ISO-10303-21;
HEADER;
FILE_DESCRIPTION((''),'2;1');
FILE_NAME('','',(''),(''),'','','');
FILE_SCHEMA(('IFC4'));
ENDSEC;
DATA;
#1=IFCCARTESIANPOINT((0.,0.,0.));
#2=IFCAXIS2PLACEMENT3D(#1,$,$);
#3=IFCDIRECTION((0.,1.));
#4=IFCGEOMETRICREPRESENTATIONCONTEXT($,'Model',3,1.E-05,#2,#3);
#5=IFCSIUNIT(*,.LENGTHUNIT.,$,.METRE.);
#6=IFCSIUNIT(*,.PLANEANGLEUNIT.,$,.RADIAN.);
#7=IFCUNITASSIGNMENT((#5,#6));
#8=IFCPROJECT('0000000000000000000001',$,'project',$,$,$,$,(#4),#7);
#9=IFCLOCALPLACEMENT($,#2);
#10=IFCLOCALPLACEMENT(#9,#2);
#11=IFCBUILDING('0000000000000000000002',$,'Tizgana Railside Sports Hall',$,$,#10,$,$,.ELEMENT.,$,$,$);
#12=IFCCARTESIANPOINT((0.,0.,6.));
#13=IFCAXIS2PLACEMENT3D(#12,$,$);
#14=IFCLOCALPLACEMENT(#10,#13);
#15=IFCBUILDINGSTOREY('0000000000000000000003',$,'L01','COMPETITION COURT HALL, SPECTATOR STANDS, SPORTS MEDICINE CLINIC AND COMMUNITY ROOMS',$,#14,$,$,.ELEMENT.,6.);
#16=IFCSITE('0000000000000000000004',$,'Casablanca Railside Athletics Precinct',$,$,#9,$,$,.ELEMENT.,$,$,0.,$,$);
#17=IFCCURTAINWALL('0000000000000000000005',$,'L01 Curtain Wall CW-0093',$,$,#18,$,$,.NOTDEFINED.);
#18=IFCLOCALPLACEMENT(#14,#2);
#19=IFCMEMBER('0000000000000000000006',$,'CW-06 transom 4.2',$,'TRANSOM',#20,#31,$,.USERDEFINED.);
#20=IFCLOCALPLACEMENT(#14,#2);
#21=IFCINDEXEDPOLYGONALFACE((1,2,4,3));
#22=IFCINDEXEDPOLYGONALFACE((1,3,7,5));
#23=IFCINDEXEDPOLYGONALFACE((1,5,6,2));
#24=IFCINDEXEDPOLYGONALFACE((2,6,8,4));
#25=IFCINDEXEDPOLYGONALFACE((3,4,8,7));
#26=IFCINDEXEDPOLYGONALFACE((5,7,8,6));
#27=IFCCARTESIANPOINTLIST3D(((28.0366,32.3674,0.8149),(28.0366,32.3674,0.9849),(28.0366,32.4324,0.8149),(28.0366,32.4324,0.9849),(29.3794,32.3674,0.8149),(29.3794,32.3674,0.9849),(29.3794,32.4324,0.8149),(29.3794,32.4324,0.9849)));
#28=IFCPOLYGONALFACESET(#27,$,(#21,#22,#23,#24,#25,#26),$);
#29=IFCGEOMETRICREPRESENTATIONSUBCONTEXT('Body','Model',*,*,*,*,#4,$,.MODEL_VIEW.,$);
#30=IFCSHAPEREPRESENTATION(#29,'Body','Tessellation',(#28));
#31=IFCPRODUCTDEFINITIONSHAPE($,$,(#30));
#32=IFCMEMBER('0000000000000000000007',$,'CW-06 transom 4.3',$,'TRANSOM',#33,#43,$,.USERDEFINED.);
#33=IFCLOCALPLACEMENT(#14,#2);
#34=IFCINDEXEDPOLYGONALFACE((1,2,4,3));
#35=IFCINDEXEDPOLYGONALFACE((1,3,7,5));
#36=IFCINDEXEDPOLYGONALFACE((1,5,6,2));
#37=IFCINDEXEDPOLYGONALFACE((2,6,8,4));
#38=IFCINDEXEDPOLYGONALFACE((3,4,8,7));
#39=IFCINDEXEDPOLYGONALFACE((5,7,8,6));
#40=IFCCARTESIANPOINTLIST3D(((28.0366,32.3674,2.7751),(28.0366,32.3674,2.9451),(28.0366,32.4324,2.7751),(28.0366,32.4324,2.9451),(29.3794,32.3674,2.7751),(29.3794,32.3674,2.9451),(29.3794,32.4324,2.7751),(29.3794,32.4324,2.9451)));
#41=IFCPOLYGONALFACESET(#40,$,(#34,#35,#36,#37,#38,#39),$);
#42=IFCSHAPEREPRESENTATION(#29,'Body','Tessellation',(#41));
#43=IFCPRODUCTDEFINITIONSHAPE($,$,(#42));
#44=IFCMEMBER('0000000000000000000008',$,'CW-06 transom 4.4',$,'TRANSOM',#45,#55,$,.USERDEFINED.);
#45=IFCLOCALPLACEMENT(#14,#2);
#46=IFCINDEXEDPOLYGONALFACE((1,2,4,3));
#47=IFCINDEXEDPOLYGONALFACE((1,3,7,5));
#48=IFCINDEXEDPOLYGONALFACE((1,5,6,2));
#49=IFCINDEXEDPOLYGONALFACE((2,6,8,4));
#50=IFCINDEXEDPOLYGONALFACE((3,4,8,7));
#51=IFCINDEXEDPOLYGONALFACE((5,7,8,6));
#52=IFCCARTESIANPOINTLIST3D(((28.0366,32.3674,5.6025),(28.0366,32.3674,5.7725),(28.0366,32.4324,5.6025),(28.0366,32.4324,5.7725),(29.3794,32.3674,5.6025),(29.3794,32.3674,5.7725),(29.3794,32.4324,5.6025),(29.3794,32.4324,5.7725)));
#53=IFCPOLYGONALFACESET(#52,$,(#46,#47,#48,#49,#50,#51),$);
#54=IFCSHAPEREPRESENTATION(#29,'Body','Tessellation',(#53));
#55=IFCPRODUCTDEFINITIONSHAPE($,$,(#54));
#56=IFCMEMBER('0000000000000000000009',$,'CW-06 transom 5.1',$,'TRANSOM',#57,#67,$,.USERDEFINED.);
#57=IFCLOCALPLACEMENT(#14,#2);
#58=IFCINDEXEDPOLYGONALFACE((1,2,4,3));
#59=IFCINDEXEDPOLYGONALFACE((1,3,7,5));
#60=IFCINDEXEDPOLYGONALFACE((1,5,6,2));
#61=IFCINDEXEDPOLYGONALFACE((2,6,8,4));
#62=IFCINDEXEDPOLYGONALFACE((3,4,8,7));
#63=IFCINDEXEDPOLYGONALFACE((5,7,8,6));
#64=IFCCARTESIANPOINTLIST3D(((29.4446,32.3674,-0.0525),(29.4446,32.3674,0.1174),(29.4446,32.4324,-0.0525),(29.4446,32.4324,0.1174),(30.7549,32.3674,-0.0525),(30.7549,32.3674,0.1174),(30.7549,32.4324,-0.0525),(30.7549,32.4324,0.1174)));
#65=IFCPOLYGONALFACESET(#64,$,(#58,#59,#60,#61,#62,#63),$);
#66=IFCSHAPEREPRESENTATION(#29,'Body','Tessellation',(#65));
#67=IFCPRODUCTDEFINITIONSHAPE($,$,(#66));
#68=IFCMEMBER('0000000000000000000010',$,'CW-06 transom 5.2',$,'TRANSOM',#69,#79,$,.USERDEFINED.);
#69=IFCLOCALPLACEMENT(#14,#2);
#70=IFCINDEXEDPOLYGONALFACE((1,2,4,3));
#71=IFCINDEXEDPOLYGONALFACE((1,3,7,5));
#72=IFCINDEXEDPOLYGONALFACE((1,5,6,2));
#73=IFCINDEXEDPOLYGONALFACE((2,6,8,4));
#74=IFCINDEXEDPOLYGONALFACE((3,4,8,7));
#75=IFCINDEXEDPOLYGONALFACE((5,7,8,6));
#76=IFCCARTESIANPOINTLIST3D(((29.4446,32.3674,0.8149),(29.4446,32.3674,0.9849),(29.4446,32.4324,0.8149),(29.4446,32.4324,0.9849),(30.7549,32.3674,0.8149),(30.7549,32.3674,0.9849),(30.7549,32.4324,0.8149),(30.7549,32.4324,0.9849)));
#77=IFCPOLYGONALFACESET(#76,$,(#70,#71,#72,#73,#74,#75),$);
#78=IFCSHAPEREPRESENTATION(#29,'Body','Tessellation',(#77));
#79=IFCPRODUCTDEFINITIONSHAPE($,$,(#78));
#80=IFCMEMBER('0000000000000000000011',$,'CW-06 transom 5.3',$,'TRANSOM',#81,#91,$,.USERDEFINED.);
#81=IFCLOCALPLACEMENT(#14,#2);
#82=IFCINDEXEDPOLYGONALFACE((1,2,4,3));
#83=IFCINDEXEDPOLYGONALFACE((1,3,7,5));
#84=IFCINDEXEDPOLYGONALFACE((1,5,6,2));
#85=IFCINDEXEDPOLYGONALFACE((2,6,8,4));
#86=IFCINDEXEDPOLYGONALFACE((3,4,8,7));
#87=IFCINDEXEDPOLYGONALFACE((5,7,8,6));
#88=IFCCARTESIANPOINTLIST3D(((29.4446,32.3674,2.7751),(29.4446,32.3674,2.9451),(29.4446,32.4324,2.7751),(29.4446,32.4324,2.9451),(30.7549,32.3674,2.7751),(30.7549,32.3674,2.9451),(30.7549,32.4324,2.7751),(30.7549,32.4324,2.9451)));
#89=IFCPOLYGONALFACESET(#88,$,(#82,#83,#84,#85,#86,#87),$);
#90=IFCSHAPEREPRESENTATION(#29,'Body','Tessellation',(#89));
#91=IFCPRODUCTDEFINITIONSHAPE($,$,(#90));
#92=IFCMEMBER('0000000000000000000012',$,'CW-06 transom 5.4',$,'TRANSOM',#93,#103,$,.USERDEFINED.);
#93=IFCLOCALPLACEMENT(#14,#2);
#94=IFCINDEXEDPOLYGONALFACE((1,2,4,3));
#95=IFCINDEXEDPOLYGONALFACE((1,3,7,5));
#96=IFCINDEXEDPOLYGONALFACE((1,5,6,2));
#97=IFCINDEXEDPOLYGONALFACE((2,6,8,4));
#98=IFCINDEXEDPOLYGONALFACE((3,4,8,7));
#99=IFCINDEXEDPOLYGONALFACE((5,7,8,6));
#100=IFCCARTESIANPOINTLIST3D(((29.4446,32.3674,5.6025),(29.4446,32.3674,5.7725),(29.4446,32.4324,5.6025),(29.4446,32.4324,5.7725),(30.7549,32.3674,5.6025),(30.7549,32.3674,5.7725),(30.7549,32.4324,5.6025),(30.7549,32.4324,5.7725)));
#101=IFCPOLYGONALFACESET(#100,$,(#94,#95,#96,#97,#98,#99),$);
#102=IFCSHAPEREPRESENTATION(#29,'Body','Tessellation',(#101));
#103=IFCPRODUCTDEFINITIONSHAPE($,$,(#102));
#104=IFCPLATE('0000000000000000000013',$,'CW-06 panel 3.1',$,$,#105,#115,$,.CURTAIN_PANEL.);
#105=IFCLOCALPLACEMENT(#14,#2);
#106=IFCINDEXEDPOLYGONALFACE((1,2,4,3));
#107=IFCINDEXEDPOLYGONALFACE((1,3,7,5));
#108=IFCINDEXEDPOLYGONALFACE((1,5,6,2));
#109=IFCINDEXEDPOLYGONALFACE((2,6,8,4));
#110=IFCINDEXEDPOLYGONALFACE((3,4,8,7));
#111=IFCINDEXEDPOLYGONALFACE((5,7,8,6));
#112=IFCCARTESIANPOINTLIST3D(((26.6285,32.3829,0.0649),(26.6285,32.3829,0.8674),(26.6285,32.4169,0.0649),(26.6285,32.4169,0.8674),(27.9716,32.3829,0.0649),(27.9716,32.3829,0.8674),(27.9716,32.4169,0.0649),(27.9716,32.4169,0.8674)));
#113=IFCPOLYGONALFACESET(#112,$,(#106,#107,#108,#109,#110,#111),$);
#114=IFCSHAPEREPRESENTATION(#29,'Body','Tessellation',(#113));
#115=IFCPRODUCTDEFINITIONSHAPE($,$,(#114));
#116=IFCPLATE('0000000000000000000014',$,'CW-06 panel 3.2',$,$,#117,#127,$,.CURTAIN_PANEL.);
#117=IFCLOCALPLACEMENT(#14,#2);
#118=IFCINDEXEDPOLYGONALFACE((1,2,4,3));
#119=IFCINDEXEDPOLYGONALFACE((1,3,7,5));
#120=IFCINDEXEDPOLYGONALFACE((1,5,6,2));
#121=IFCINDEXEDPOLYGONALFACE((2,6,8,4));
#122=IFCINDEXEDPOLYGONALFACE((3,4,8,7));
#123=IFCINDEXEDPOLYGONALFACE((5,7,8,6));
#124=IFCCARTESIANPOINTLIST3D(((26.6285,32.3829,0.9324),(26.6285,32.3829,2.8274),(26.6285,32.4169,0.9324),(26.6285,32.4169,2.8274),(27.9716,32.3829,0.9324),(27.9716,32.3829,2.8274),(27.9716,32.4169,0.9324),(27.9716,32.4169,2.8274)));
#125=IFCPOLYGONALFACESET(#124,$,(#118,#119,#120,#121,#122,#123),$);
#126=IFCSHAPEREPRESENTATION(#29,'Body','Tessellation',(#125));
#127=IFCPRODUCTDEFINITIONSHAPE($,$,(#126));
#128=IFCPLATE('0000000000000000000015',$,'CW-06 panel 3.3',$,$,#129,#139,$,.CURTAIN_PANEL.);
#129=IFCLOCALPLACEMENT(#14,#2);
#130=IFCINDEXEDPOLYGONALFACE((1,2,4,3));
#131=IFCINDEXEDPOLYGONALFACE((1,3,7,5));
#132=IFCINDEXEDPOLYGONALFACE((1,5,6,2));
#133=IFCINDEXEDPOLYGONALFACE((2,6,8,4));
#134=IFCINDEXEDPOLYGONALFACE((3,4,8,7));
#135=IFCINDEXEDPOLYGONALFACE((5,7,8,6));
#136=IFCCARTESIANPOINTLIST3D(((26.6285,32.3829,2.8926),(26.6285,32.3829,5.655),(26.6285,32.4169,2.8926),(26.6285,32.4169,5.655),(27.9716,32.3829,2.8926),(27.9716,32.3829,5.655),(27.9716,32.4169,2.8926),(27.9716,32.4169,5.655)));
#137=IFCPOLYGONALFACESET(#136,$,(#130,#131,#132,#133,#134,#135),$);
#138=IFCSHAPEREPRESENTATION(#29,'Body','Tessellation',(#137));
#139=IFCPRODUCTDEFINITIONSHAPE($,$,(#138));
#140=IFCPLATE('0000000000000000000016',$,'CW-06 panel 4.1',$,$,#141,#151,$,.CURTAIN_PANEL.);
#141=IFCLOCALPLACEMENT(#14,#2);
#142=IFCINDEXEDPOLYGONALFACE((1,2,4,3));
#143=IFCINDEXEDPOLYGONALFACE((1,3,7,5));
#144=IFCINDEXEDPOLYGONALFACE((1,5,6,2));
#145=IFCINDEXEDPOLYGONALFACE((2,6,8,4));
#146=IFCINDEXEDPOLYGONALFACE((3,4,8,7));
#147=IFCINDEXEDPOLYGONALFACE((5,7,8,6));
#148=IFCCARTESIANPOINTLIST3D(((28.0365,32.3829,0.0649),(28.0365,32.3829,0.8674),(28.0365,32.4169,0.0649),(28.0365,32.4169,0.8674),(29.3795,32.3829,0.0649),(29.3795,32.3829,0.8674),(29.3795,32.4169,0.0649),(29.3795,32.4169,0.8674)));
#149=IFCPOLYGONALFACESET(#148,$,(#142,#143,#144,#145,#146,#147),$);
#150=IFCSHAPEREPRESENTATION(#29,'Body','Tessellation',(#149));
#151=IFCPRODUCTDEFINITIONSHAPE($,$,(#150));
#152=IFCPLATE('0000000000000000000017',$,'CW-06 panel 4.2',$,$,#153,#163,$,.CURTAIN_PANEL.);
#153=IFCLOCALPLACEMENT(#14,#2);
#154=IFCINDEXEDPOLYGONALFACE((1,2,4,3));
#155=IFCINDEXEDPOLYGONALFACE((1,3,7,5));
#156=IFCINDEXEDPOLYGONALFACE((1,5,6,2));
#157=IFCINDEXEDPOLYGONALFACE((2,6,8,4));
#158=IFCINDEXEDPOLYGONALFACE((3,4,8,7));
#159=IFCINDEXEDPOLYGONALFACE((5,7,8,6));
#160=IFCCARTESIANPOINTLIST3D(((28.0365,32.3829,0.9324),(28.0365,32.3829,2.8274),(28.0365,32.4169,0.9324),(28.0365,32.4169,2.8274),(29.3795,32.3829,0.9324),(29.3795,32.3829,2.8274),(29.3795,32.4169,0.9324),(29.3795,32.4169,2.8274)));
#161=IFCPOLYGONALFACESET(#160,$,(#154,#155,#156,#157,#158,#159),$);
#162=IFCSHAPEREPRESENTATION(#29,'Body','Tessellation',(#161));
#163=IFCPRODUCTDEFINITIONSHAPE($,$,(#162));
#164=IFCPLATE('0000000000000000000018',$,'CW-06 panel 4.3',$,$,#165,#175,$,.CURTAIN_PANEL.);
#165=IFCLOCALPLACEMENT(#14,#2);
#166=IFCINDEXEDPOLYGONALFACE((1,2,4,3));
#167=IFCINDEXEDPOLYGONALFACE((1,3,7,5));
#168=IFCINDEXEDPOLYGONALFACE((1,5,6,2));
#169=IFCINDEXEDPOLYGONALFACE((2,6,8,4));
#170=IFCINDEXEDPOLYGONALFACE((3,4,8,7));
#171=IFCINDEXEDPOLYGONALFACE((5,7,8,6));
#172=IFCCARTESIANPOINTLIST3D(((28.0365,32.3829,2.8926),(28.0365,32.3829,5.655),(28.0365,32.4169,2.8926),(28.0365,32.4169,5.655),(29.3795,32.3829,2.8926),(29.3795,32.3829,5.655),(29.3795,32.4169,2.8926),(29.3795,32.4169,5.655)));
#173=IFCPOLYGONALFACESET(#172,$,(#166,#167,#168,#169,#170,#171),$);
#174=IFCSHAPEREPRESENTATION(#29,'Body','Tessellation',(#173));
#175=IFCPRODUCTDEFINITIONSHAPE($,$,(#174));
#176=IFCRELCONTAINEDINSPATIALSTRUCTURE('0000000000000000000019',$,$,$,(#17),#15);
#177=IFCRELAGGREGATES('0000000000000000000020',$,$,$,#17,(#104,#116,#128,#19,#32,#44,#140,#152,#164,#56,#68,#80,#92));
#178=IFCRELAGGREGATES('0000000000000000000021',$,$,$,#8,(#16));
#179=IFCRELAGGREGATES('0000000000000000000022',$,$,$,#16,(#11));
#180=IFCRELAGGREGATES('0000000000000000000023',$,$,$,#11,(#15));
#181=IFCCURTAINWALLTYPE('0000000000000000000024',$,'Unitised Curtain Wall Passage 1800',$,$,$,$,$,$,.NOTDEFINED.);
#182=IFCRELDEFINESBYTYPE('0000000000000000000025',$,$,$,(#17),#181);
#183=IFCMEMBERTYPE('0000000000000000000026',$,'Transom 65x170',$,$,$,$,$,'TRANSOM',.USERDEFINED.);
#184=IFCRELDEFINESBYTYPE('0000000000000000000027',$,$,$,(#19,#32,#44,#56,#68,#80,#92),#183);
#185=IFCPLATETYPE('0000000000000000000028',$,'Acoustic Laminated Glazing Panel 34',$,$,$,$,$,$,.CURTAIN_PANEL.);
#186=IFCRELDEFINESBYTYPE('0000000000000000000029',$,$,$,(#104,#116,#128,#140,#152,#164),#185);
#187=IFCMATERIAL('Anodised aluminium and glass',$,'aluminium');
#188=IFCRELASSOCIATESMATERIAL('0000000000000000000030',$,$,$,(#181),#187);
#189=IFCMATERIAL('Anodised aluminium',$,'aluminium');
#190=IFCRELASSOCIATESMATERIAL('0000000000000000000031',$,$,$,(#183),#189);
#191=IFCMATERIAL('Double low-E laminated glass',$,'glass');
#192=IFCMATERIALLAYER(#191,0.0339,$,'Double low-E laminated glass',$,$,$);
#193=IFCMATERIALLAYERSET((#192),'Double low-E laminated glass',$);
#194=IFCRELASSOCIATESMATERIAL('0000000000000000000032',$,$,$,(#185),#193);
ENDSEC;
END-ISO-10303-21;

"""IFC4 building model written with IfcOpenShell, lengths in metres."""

from ifc_helpers import new_model, si_unit, direction, frame, origin, origin_2d, place, context, subcontext, project, spatial, rectangle, extrude, material, layer, layer_set, material_profile, profile_set, type_object, element, aggregate, save


model = new_model("IFC4")

# Units and contexts
model_context = context("Model", 3, precision=1e-05, world=origin(), true_north=direction((0.0, 1.0)))
body_context = subcontext(model_context, "Body", "Model", "MODEL_VIEW")
ifc_project = project(units=[si_unit("LENGTHUNIT", "METRE"), si_unit("PLANEANGLEUNIT", "RADIAN")], contexts=[model_context])

# Site, building, storey
site_placement = place(None, origin())
site = spatial("IfcSite", under=ifc_project, at=site_placement, Name="Casablanca Railside Athletics Precinct", CompositionType="ELEMENT", RefElevation=0.0)
building_placement = place(site_placement, origin())
building = spatial("IfcBuilding", under=site, at=building_placement, Name="Tizgana Railside Sports Hall", CompositionType="ELEMENT")
storey_placement = place(building_placement, frame((0.0, 0.0, 6.0)))
storey = spatial("IfcBuildingStorey", under=building, at=storey_placement, Name="L01", Description="COMPETITION COURT HALL, SPECTATOR STANDS, SPORTS MEDICINE CLINIC AND COMMUNITY ROOMS", CompositionType="ELEMENT", Elevation=6.0)

# Curtain wall
ifc_material_1 = material(Name="Anodised aluminium and glass", Category="aluminium")
curtain_wall_type = type_object("IfcCurtainWallType", Name="Unitised Curtain Wall Passage 1800", PredefinedType="NOTDEFINED", material=ifc_material_1)
curtain_wall_placement = place(storey_placement, origin())
curtain_wall = element("IfcCurtainWall", 1, at=curtain_wall_placement, inside=storey, type_object=curtain_wall_type, Name="L01 Curtain Wall CW-0093", PredefinedType="NOTDEFINED")
ifc_material_2 = material(Name="Anodised aluminium", Category="aluminium")

# Members
ifc_material_profile_1 = material_profile(ifc_material_2, rectangle(XDim=0.0649, YDim=0.1699, at=origin_2d()), Name="Transom 65x170")
ifc_profile_set_1 = profile_set([ifc_material_profile_1], Name="Anodised aluminium")
member_type_1 = type_object("IfcMemberType", Name="Transom 65x170", ElementType="TRANSOM", PredefinedType="USERDEFINED", material=ifc_profile_set_1)
member_1_placement = place(storey_placement, frame((28.0366, 32.3999, 0.8999), z_axis=(1.0, 0.0, 0.0), x_axis=(0.0, 1.0, 0.0)))
member_1 = element("IfcMember", 2, at=member_1_placement, type_object=member_type_1, Name="CW-06 transom 4.2", ObjectType="TRANSOM", PredefinedType="USERDEFINED", context=body_context, shape_type="SweptSolid", body=[
    extrude(rectangle(XDim=0.0649, YDim=0.1699, at=origin_2d()), origin(), (0.0, 0.0, 1.0), 1.3428),
])
member_2_placement = place(storey_placement, frame((28.0366, 32.3999, 2.8601), z_axis=(1.0, 0.0, 0.0), x_axis=(0.0, 1.0, 0.0)))
member_2 = element("IfcMember", 3, at=member_2_placement, type_object=member_type_1, Name="CW-06 transom 4.3", ObjectType="TRANSOM", PredefinedType="USERDEFINED", context=body_context, shape_type="SweptSolid", body=[
    extrude(rectangle(XDim=0.0649, YDim=0.1699, at=origin_2d()), origin(), (0.0, 0.0, 1.0), 1.3428),
])
member_3_placement = place(storey_placement, frame((28.0366, 32.3999, 5.6875), z_axis=(1.0, 0.0, 0.0), x_axis=(0.0, 1.0, 0.0)))
member_3 = element("IfcMember", 4, at=member_3_placement, type_object=member_type_1, Name="CW-06 transom 4.4", ObjectType="TRANSOM", PredefinedType="USERDEFINED", context=body_context, shape_type="SweptSolid", body=[
    extrude(rectangle(XDim=0.0649, YDim=0.1699, at=origin_2d()), origin(), (0.0, 0.0, 1.0), 1.3428),
])
member_4_placement = place(storey_placement, frame((29.4446, 32.3999, 0.0325), z_axis=(1.0, 0.0, 0.0), x_axis=(0.0, 1.0, 0.0)))
member_4 = element("IfcMember", 5, at=member_4_placement, type_object=member_type_1, Name="CW-06 transom 5.1", ObjectType="TRANSOM", PredefinedType="USERDEFINED", context=body_context, shape_type="SweptSolid", body=[
    extrude(rectangle(XDim=0.0649, YDim=0.1699, at=origin_2d()), origin(), (0.0, 0.0, 1.0), 1.3103),
])
member_5_placement = place(storey_placement, frame((29.4446, 32.3999, 0.8999), z_axis=(1.0, 0.0, 0.0), x_axis=(0.0, 1.0, 0.0)))
member_5 = element("IfcMember", 6, at=member_5_placement, type_object=member_type_1, Name="CW-06 transom 5.2", ObjectType="TRANSOM", PredefinedType="USERDEFINED", context=body_context, shape_type="SweptSolid", body=[
    extrude(rectangle(XDim=0.0649, YDim=0.1699, at=origin_2d()), origin(), (0.0, 0.0, 1.0), 1.3103),
])
member_6_placement = place(storey_placement, frame((29.4446, 32.3999, 2.8601), z_axis=(1.0, 0.0, 0.0), x_axis=(0.0, 1.0, 0.0)))
member_6 = element("IfcMember", 7, at=member_6_placement, type_object=member_type_1, Name="CW-06 transom 5.3", ObjectType="TRANSOM", PredefinedType="USERDEFINED", context=body_context, shape_type="SweptSolid", body=[
    extrude(rectangle(XDim=0.0649, YDim=0.1699, at=origin_2d()), origin(), (0.0, 0.0, 1.0), 1.3103),
])
member_7_placement = place(storey_placement, frame((29.4446, 32.3999, 5.6875), z_axis=(1.0, 0.0, 0.0), x_axis=(0.0, 1.0, 0.0)))
member_7 = element("IfcMember", 8, at=member_7_placement, type_object=member_type_1, Name="CW-06 transom 5.4", ObjectType="TRANSOM", PredefinedType="USERDEFINED", context=body_context, shape_type="SweptSolid", body=[
    extrude(rectangle(XDim=0.0649, YDim=0.1699, at=origin_2d()), origin(), (0.0, 0.0, 1.0), 1.3103),
])

# Plates
ifc_material_3 = material(Name="Double low-E laminated glass", Category="glass")
ifc_layer_1 = layer(ifc_material_3, 0.0339, Name="Double low-E laminated glass")
ifc_layer_set_1 = layer_set([ifc_layer_1], Name="Double low-E laminated glass")
plate_type = type_object("IfcPlateType", Name="Acoustic Laminated Glazing Panel 34", PredefinedType="CURTAIN_PANEL", material=ifc_layer_set_1)
plate_1_placement = place(storey_placement, frame((27.3, 32.3999, 0.0649), z_axis=(0.0, 0.0, 1.0), x_axis=(1.0, 0.0, 0.0)))
plate_1 = element("IfcPlate", 9, at=plate_1_placement, type_object=plate_type, Name="CW-06 panel 3.1", PredefinedType="CURTAIN_PANEL", context=body_context, shape_type="SweptSolid", body=[
    extrude(rectangle(XDim=1.343, YDim=0.0339, at=origin_2d()), origin(), (0.0, 0.0, 1.0), 0.8025),
])
plate_2_placement = place(storey_placement, frame((27.3, 32.3999, 0.9324), z_axis=(0.0, 0.0, 1.0), x_axis=(1.0, 0.0, 0.0)))
plate_2 = element("IfcPlate", 10, at=plate_2_placement, type_object=plate_type, Name="CW-06 panel 3.2", PredefinedType="CURTAIN_PANEL", context=body_context, shape_type="SweptSolid", body=[
    extrude(rectangle(XDim=1.343, YDim=0.0339, at=origin_2d()), origin(), (0.0, 0.0, 1.0), 1.895),
])
plate_3_placement = place(storey_placement, frame((27.3, 32.3999, 2.8926), z_axis=(0.0, 0.0, 1.0), x_axis=(1.0, 0.0, 0.0)))
plate_3 = element("IfcPlate", 11, at=plate_3_placement, type_object=plate_type, Name="CW-06 panel 3.3", PredefinedType="CURTAIN_PANEL", context=body_context, shape_type="SweptSolid", body=[
    extrude(rectangle(XDim=1.343, YDim=0.0339, at=origin_2d()), origin(), (0.0, 0.0, 1.0), 2.7625),
])
plate_4_placement = place(storey_placement, frame((28.708, 32.3999, 0.0649), z_axis=(0.0, 0.0, 1.0), x_axis=(1.0, 0.0, 0.0)))
plate_4 = element("IfcPlate", 12, at=plate_4_placement, type_object=plate_type, Name="CW-06 panel 4.1", PredefinedType="CURTAIN_PANEL", context=body_context, shape_type="SweptSolid", body=[
    extrude(rectangle(XDim=1.343, YDim=0.0339, at=origin_2d()), origin(), (0.0, 0.0, 1.0), 0.8025),
])
plate_5_placement = place(storey_placement, frame((28.708, 32.3999, 0.9324), z_axis=(0.0, 0.0, 1.0), x_axis=(1.0, 0.0, 0.0)))
plate_5 = element("IfcPlate", 13, at=plate_5_placement, type_object=plate_type, Name="CW-06 panel 4.2", PredefinedType="CURTAIN_PANEL", context=body_context, shape_type="SweptSolid", body=[
    extrude(rectangle(XDim=1.343, YDim=0.0339, at=origin_2d()), origin(), (0.0, 0.0, 1.0), 1.895),
])
plate_6_placement = place(storey_placement, frame((28.708, 32.3999, 2.8926), z_axis=(0.0, 0.0, 1.0), x_axis=(1.0, 0.0, 0.0)))
plate_6 = element("IfcPlate", 14, at=plate_6_placement, type_object=plate_type, Name="CW-06 panel 4.3", PredefinedType="CURTAIN_PANEL", context=body_context, shape_type="SweptSolid", body=[
    extrude(rectangle(XDim=1.343, YDim=0.0339, at=origin_2d()), origin(), (0.0, 0.0, 1.0), 2.7625),
])
aggregate(curtain_wall, [plate_1, plate_2, plate_3, member_1, member_2, member_3, plate_4, plate_5, plate_6, member_4, member_5, member_6, member_7])

save(model, "model.ifc")
